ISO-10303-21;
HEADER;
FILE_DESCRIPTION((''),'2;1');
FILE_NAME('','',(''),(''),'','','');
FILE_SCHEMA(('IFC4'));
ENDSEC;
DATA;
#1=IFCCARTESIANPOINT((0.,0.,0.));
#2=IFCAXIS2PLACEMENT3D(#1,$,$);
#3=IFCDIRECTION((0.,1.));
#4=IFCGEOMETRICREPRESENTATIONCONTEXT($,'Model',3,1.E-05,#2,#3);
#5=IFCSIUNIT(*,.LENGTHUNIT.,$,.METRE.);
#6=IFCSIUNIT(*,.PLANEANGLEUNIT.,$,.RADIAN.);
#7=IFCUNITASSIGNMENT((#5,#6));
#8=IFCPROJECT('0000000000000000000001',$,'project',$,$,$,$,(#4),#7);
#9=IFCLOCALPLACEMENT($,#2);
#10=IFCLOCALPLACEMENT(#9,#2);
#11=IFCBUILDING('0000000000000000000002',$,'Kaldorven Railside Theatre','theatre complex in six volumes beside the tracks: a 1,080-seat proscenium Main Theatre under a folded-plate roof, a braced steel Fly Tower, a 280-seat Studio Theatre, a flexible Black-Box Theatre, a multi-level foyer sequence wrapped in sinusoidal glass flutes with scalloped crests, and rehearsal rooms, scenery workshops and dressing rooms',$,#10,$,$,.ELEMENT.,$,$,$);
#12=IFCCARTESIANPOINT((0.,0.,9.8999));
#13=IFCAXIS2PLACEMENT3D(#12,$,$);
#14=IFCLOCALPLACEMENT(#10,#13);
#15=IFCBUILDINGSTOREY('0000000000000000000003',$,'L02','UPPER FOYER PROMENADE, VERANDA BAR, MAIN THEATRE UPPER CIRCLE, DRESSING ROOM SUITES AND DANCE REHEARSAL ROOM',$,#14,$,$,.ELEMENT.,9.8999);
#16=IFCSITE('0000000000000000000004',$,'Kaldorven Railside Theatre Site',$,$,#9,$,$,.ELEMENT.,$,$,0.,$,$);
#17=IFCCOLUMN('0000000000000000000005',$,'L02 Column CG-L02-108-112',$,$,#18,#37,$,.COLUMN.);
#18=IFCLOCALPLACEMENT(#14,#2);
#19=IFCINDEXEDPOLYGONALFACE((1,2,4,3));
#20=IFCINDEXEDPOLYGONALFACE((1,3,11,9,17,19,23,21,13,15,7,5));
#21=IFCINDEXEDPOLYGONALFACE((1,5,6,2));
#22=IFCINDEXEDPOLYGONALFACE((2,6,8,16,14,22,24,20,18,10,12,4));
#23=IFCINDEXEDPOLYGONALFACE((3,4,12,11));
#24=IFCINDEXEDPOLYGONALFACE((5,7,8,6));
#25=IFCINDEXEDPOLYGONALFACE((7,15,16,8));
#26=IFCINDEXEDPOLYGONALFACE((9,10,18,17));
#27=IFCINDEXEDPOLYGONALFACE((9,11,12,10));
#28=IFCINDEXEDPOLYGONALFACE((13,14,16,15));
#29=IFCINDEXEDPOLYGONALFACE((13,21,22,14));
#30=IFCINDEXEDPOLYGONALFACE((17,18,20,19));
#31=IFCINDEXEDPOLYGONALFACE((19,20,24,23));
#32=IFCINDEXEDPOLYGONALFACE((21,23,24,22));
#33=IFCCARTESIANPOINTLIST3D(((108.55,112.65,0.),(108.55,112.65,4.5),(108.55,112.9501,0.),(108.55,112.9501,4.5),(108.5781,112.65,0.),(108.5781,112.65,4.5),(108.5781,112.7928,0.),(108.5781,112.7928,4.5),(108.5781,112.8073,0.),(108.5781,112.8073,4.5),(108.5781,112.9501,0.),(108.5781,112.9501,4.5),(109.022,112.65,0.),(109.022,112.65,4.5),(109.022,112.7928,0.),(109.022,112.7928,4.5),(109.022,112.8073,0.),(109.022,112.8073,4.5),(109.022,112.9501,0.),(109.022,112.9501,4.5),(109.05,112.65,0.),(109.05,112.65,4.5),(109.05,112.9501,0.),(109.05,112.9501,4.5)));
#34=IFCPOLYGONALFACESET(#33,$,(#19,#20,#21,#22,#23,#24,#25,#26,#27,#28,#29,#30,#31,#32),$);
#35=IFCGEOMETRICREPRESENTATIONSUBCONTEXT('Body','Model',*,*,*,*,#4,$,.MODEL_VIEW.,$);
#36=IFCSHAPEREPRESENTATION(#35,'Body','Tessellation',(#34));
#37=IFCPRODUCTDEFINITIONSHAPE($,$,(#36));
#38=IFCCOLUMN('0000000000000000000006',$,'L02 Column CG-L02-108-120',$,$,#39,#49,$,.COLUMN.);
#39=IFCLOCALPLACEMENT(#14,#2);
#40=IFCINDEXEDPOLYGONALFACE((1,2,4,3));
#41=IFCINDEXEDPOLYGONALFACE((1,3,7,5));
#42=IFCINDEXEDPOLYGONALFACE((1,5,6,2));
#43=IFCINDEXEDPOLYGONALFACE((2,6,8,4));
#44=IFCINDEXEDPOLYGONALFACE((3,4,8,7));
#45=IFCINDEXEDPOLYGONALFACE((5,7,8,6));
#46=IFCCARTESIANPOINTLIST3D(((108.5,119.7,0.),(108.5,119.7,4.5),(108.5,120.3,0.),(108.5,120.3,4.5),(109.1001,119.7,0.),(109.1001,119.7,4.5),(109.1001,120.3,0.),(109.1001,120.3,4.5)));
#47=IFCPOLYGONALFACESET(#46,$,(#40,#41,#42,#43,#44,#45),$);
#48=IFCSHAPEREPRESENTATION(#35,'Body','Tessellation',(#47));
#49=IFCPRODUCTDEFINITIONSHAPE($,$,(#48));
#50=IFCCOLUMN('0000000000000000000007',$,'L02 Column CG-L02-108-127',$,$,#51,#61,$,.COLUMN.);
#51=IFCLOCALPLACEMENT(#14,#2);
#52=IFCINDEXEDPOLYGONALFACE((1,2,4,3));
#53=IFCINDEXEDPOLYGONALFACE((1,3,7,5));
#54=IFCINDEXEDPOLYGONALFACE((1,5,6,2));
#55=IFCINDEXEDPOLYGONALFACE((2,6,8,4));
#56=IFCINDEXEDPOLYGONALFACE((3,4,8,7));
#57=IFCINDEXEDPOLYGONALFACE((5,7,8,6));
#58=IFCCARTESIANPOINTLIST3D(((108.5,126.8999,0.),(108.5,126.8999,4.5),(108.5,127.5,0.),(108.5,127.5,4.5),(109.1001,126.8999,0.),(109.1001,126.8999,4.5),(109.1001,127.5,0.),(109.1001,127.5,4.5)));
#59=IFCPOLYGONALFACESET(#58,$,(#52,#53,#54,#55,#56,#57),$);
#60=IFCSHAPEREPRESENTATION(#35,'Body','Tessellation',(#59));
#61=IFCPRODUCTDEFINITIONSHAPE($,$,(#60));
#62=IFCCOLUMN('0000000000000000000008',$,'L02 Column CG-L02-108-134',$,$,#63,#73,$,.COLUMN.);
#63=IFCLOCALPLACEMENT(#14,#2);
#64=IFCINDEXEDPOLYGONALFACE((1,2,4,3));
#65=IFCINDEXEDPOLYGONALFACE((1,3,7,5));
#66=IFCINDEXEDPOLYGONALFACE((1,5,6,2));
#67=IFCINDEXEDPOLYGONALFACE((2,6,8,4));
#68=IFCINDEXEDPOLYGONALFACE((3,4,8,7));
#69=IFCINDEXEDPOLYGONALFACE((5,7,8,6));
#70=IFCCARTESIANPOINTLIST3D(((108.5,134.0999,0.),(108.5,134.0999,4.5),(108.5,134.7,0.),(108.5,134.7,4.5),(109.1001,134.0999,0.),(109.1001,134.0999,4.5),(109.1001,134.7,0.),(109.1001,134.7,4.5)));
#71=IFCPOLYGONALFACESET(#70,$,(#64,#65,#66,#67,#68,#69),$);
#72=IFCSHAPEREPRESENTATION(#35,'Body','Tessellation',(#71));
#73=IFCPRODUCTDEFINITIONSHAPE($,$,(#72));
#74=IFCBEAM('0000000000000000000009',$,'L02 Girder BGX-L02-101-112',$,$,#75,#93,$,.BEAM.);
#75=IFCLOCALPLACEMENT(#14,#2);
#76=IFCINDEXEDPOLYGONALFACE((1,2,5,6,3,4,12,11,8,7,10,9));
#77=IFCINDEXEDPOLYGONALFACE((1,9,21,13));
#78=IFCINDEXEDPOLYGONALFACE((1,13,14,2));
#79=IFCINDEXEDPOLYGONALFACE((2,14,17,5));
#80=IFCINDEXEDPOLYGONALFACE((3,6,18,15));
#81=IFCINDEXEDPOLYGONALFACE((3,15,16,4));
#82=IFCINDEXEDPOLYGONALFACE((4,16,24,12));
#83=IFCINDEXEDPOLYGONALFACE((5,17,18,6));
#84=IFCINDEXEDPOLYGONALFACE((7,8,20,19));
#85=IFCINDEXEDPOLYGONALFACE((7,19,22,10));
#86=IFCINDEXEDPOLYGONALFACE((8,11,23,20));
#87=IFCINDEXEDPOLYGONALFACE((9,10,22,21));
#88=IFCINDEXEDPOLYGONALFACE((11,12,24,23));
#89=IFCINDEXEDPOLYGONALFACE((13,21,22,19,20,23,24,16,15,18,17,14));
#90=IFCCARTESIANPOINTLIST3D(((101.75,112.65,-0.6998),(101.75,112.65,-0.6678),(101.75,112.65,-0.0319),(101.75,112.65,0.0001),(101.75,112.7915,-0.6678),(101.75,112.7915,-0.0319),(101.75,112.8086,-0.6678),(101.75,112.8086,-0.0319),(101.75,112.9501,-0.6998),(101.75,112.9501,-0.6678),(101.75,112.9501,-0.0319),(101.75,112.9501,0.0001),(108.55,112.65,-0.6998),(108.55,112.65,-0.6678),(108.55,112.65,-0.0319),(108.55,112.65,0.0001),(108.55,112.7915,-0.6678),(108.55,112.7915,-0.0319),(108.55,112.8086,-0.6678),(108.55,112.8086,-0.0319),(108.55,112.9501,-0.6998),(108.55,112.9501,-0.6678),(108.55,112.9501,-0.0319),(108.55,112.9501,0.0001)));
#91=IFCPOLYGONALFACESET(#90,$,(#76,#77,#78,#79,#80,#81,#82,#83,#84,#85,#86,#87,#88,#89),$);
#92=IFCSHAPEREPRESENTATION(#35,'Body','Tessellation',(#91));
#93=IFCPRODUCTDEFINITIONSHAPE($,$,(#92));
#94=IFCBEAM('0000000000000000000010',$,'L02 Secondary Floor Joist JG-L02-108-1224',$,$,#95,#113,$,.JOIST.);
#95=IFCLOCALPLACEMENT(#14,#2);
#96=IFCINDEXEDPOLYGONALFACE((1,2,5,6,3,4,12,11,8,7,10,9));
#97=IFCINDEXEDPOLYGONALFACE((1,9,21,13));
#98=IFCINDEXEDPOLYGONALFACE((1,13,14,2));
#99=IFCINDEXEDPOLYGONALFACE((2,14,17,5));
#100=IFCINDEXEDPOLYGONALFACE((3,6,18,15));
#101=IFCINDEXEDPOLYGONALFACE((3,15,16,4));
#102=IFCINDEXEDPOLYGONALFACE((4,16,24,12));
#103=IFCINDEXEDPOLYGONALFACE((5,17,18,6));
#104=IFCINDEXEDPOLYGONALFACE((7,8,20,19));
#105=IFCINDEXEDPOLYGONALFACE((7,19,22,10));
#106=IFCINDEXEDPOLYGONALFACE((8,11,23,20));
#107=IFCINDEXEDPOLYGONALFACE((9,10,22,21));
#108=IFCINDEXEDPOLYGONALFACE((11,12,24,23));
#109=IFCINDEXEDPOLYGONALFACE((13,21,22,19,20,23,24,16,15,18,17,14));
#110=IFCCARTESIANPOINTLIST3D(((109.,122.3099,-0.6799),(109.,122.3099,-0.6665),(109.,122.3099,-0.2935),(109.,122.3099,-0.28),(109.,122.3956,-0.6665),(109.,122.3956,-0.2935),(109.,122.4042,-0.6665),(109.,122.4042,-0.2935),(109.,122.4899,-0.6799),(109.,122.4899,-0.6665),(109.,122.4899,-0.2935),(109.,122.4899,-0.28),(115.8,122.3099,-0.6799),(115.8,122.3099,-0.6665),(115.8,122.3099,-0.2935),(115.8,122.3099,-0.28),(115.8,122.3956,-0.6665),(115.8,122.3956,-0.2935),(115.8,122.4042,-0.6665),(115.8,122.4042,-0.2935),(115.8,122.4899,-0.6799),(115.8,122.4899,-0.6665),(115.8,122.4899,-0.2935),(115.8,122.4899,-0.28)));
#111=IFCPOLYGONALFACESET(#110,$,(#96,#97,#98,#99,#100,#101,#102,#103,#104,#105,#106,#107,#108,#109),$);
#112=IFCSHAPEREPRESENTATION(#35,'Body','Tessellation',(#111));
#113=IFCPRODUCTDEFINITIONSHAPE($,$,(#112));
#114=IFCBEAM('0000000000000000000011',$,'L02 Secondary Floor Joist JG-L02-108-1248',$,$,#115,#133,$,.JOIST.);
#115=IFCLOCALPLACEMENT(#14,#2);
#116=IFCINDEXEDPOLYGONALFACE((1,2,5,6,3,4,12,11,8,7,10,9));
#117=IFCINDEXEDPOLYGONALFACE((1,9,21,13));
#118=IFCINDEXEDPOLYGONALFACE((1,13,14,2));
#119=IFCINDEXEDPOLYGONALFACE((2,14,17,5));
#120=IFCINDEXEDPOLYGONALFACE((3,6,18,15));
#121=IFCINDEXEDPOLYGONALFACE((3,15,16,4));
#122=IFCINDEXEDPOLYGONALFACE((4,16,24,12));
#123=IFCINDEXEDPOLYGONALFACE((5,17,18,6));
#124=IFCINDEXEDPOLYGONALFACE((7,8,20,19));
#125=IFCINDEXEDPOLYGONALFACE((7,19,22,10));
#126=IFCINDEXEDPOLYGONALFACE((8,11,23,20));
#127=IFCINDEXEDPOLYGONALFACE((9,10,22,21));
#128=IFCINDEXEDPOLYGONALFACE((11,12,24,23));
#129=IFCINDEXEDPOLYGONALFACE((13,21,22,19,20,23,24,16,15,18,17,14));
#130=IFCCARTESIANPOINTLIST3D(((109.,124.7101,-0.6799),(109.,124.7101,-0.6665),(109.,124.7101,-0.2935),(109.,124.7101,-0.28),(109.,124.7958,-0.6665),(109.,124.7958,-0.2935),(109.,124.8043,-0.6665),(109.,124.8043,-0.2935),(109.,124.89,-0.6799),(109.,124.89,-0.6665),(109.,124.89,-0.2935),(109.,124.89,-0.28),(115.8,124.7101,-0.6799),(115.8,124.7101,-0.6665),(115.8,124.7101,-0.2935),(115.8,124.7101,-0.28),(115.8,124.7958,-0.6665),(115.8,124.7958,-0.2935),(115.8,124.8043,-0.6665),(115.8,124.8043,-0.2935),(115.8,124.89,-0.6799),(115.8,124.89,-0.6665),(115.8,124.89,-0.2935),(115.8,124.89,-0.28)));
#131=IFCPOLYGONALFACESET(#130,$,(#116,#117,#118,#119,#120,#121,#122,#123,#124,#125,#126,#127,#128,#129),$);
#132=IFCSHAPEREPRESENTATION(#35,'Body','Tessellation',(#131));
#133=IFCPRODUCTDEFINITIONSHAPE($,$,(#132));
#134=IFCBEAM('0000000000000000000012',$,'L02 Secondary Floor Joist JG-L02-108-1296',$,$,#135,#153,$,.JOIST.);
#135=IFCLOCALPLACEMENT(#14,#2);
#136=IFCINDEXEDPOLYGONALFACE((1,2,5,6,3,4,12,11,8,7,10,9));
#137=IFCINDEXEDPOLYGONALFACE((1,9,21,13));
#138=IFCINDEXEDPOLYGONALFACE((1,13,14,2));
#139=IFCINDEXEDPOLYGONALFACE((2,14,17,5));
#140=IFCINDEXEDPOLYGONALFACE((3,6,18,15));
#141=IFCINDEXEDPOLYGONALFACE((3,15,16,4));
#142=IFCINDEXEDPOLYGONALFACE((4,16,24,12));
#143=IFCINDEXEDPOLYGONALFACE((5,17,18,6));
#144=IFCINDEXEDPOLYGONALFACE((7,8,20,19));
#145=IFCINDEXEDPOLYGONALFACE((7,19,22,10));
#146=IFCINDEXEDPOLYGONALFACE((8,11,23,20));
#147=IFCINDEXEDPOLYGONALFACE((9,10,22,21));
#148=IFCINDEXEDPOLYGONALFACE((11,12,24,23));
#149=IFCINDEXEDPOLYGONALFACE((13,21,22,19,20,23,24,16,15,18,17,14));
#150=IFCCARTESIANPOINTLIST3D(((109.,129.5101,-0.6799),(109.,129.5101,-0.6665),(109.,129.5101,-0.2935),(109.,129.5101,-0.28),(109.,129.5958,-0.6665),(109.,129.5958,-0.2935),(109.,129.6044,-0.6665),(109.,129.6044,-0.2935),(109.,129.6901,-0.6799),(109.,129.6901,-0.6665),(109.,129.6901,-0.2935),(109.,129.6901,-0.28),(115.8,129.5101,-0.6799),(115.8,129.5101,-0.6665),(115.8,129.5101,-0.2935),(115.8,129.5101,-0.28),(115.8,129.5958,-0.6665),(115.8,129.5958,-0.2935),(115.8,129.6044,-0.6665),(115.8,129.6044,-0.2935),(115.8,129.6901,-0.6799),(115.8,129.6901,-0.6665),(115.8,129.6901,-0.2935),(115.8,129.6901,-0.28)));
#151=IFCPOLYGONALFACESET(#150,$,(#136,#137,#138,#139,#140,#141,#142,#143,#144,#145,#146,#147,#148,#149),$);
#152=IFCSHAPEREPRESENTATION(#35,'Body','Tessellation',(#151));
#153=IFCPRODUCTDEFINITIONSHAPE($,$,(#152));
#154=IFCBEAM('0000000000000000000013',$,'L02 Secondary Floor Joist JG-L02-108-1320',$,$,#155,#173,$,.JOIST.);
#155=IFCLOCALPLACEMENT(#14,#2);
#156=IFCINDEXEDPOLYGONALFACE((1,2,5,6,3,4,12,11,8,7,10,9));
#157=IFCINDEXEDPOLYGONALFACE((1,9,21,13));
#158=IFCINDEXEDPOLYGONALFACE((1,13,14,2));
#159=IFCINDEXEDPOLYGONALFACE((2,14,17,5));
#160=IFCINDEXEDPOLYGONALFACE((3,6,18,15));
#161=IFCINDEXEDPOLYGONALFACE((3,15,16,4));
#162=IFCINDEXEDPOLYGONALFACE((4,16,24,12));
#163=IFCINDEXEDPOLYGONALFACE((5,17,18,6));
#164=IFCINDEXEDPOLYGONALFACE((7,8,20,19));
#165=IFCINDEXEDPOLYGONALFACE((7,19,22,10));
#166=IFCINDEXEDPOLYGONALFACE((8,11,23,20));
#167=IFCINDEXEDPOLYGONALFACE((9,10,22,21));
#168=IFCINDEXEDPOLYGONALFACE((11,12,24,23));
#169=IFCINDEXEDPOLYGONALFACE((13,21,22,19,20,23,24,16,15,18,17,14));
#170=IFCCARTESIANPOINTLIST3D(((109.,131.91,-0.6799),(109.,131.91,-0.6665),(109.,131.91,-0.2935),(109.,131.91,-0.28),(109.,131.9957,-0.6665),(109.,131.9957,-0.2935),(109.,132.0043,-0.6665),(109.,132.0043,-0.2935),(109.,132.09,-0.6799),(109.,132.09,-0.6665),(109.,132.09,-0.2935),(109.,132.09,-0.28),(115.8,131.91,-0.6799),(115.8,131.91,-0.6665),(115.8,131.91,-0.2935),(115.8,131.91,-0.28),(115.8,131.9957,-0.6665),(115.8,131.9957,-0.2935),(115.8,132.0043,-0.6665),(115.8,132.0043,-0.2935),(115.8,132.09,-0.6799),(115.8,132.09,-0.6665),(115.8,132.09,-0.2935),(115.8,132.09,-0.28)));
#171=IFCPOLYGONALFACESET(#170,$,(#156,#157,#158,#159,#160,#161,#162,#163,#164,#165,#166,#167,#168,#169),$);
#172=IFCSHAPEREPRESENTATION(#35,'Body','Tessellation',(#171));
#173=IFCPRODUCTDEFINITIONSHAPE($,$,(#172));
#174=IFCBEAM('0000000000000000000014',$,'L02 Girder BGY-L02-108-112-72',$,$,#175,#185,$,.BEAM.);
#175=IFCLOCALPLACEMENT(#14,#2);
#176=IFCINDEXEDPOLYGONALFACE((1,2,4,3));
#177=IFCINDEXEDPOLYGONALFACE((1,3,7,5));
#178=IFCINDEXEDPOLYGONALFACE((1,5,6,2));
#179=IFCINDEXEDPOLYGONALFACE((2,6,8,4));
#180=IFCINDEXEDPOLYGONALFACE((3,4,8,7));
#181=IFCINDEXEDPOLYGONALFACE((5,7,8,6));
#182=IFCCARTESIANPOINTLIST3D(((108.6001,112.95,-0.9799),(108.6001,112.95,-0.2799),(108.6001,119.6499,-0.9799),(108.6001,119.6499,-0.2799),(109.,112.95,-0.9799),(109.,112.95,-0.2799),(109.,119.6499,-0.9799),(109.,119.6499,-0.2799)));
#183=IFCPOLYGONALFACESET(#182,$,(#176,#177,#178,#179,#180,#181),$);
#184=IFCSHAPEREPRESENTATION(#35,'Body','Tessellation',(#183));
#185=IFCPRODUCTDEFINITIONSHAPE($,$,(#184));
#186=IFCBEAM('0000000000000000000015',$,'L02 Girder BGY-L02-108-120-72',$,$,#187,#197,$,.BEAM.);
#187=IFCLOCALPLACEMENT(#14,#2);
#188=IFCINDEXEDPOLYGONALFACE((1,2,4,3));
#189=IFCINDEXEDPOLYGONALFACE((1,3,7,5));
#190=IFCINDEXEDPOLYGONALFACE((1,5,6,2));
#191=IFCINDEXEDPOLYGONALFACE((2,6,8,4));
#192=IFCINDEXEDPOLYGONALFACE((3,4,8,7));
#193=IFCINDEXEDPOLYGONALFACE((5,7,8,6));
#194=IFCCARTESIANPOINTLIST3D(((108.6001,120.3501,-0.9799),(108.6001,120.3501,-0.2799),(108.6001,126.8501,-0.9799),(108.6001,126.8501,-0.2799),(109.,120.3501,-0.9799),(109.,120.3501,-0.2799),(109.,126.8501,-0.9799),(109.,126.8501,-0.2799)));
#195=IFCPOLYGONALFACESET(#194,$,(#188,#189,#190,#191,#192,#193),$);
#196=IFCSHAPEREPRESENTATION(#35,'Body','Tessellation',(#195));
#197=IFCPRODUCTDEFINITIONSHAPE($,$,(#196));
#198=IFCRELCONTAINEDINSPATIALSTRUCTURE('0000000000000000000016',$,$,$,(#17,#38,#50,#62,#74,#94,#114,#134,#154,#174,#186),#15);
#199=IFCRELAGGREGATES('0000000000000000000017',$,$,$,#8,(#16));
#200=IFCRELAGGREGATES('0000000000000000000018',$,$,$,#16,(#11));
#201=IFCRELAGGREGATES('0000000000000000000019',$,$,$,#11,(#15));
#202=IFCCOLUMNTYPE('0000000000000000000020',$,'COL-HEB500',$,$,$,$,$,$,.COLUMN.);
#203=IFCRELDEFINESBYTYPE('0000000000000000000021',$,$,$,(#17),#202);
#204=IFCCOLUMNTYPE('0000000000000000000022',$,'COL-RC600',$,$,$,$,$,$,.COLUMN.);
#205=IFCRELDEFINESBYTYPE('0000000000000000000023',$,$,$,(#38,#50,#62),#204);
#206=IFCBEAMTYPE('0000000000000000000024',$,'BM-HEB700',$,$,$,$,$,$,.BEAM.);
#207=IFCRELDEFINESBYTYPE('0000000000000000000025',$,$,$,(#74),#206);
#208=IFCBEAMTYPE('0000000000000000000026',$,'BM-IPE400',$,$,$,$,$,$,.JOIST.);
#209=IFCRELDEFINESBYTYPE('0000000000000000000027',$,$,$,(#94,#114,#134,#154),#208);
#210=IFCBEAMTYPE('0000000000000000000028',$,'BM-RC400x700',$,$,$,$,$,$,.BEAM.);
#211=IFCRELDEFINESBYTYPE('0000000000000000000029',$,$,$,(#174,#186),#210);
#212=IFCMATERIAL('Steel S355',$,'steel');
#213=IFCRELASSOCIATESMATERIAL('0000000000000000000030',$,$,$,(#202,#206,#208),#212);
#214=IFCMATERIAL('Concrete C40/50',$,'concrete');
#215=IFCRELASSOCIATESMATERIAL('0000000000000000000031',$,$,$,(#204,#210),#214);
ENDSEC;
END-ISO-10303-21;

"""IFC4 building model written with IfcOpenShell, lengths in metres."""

from ifc_helpers import new_model, si_unit, direction, frame, origin, origin_2d, place, context, subcontext, project, spatial, rectangle, i_section, extrude, material, material_profile, profile_set, type_object, element, save


model = new_model("IFC4")

# Units and contexts
model_context = context("Model", 3, precision=1e-05, world=origin(), true_north=direction((0.0, 1.0)))
body_context = subcontext(model_context, "Body", "Model", "MODEL_VIEW")
ifc_project = project(units=[si_unit("LENGTHUNIT", "METRE"), si_unit("PLANEANGLEUNIT", "RADIAN")], contexts=[model_context])

# Site, building, storey
site_placement = place(None, origin())
site = spatial("IfcSite", under=ifc_project, at=site_placement, Name="Kaldorven Railside Theatre Site", CompositionType="ELEMENT", RefElevation=0.0)
building_placement = place(site_placement, origin())
building = spatial("IfcBuilding", under=site, at=building_placement, Name="Kaldorven Railside Theatre", Description="theatre complex in six volumes beside the tracks: a 1,080-seat proscenium Main Theatre under a folded-plate roof, a braced steel Fly Tower, a 280-seat Studio Theatre, a flexible Black-Box Theatre, a multi-level foyer sequence wrapped in sinusoidal glass flutes with scalloped crests, and rehearsal rooms, scenery workshops and dressing rooms", CompositionType="ELEMENT")
storey_placement = place(building_placement, frame((0.0, 0.0, 9.8999)))
storey = spatial("IfcBuildingStorey", under=building, at=storey_placement, Name="L02", Description="UPPER FOYER PROMENADE, VERANDA BAR, MAIN THEATRE UPPER CIRCLE, DRESSING ROOM SUITES AND DANCE REHEARSAL ROOM", CompositionType="ELEMENT", Elevation=9.8999)

# Columns
ifc_material_1 = material(Name="Steel S355", Category="steel")
ifc_material_profile_1 = material_profile(ifc_material_1, i_section(OverallWidth=0.3, OverallDepth=0.5, WebThickness=0.0144, FlangeThickness=0.0281, at=origin_2d()), Name="HEB 500")
ifc_profile_set_1 = profile_set([ifc_material_profile_1], Name="Steel S355")
column_type_1 = type_object("IfcColumnType", Name="COL-HEB500", PredefinedType="COLUMN", material=ifc_profile_set_1)
column_placement = place(storey_placement, frame((108.8, 112.8, 0.0), z_axis=(0.0, 0.0, 1.0), x_axis=(0.0, 1.0, 0.0)))
element("IfcColumn", 1, at=column_placement, inside=storey, type_object=column_type_1, Name="L02 Column CG-L02-108-112", PredefinedType="COLUMN", context=body_context, shape_type="SweptSolid", body=[
    extrude(i_section(OverallWidth=0.3, OverallDepth=0.5, WebThickness=0.0144, FlangeThickness=0.0281, at=origin_2d()), origin(), (0.0, 0.0, 1.0), 4.5),
])
ifc_material_2 = material(Name="Concrete C40/50", Category="concrete")
ifc_material_profile_2 = material_profile(ifc_material_2, rectangle(XDim=0.6001, YDim=0.6001, at=origin_2d()), Name="RC 600x600")
ifc_profile_set_2 = profile_set([ifc_material_profile_2], Name="Concrete C40/50")
column_type_2 = type_object("IfcColumnType", Name="COL-RC600", PredefinedType="COLUMN", material=ifc_profile_set_2)
for number, where, z_axis, x_axis, name in (
    (2, (108.8, 120.0, 0.0), (0.0, 0.0, 1.0), (1.0, 0.0, 0.0), "L02 Column CG-L02-108-120"),
    (3, (108.8, 127.2, 0.0), (0.0, 0.0, 1.0), (1.0, 0.0, 0.0), "L02 Column CG-L02-108-127"),
    (4, (108.8, 134.3999, 0.0), (0.0, 0.0, 1.0), (0.0, 1.0, 0.0), "L02 Column CG-L02-108-134"),
):
    element("IfcColumn", number, at=place(storey_placement, frame(where, z_axis=z_axis, x_axis=x_axis)), inside=storey, type_object=column_type_2, Name=name, PredefinedType="COLUMN", context=body_context, shape_type="SweptSolid", body=[
        extrude(rectangle(XDim=0.6001, YDim=0.6001, at=origin_2d()), origin(), (0.0, 0.0, 1.0), 4.5),
    ])

# Beams
ifc_material_profile_3 = material_profile(ifc_material_1, i_section(OverallWidth=0.3, OverallDepth=0.7, WebThickness=0.0171, FlangeThickness=0.032, at=origin_2d()), Name="HEB 700")
ifc_profile_set_3 = profile_set([ifc_material_profile_3], Name="Steel S355")
beam_type_1 = type_object("IfcBeamType", Name="BM-HEB700", PredefinedType="BEAM", material=ifc_profile_set_3)
beam_1_placement = place(storey_placement, frame((101.75, 112.8, -0.3499), z_axis=(1.0, 0.0, 0.0), x_axis=(0.0, 1.0, 0.0)))
element("IfcBeam", 5, at=beam_1_placement, inside=storey, type_object=beam_type_1, Name="L02 Girder BGX-L02-101-112", PredefinedType="BEAM", context=body_context, shape_type="SweptSolid", body=[
    extrude(i_section(OverallWidth=0.3, OverallDepth=0.7, WebThickness=0.0171, FlangeThickness=0.032, at=origin_2d()), origin(), (0.0, 0.0, 1.0), 6.8),
])
ifc_material_profile_4 = material_profile(ifc_material_1, i_section(OverallWidth=0.1799, OverallDepth=0.3999, WebThickness=0.0085, FlangeThickness=0.0134, at=origin_2d()), Name="IPE 400")
ifc_profile_set_4 = profile_set([ifc_material_profile_4], Name="Steel S355")
beam_type_2 = type_object("IfcBeamType", Name="BM-IPE400", PredefinedType="JOIST", material=ifc_profile_set_4)
for number, where, z_axis, x_axis, name in (
    (6, (109.0, 122.3999, -0.48), (1.0, 0.0, 0.0), (0.0, 1.0, 0.0), "L02 Secondary Floor Joist JG-L02-108-1224"),
    (7, (109.0, 124.8, -0.48), (1.0, 0.0, 0.0), (0.0, 1.0, 0.0), "L02 Secondary Floor Joist JG-L02-108-1248"),
    (8, (109.0, 129.6001, -0.48), (1.0, 0.0, 0.0), (0.0, 1.0, 0.0), "L02 Secondary Floor Joist JG-L02-108-1296"),
    (9, (109.0, 132.0, -0.48), (1.0, 0.0, 0.0), (0.0, 1.0, 0.0), "L02 Secondary Floor Joist JG-L02-108-1320"),
):
    element("IfcBeam", number, at=place(storey_placement, frame(where, z_axis=z_axis, x_axis=x_axis)), inside=storey, type_object=beam_type_2, Name=name, PredefinedType="JOIST", context=body_context, shape_type="SweptSolid", body=[
        extrude(i_section(OverallWidth=0.1799, OverallDepth=0.3999, WebThickness=0.0085, FlangeThickness=0.0134, at=origin_2d()), origin(), (0.0, 0.0, 1.0), 6.8),
    ])
ifc_material_profile_5 = material_profile(ifc_material_2, rectangle(XDim=0.3999, YDim=0.7, at=origin_2d()), Name="RC 400x700")
ifc_profile_set_5 = profile_set([ifc_material_profile_5], Name="Concrete C40/50")
beam_type_3 = type_object("IfcBeamType", Name="BM-RC400x700", PredefinedType="BEAM", material=ifc_profile_set_5)
beam_2_placement = place(storey_placement, frame((108.8, 112.95, -0.6299), z_axis=(0.0, 1.0, 0.0), x_axis=(-1.0, 0.0, 0.0)))
element("IfcBeam", 10, at=beam_2_placement, inside=storey, type_object=beam_type_3, Name="L02 Girder BGY-L02-108-112-72", PredefinedType="BEAM", context=body_context, shape_type="SweptSolid", body=[
    extrude(rectangle(XDim=0.3999, YDim=0.7, at=origin_2d()), origin(), (0.0, 0.0, 1.0), 6.7),
])
for number, where, z_axis, x_axis, name in (
    (11, (108.8, 120.3501, -0.6299), (0.0, 1.0, 0.0), (-1.0, 0.0, 0.0), "L02 Girder BGY-L02-108-120-72"),
):
    element("IfcBeam", number, at=place(storey_placement, frame(where, z_axis=z_axis, x_axis=x_axis)), inside=storey, type_object=beam_type_3, Name=name, PredefinedType="BEAM", context=body_context, shape_type="SweptSolid", body=[
        extrude(rectangle(XDim=0.3999, YDim=0.7, at=origin_2d()), origin(), (0.0, 0.0, 1.0), 6.5),
    ])

save(model, "model.ifc")
